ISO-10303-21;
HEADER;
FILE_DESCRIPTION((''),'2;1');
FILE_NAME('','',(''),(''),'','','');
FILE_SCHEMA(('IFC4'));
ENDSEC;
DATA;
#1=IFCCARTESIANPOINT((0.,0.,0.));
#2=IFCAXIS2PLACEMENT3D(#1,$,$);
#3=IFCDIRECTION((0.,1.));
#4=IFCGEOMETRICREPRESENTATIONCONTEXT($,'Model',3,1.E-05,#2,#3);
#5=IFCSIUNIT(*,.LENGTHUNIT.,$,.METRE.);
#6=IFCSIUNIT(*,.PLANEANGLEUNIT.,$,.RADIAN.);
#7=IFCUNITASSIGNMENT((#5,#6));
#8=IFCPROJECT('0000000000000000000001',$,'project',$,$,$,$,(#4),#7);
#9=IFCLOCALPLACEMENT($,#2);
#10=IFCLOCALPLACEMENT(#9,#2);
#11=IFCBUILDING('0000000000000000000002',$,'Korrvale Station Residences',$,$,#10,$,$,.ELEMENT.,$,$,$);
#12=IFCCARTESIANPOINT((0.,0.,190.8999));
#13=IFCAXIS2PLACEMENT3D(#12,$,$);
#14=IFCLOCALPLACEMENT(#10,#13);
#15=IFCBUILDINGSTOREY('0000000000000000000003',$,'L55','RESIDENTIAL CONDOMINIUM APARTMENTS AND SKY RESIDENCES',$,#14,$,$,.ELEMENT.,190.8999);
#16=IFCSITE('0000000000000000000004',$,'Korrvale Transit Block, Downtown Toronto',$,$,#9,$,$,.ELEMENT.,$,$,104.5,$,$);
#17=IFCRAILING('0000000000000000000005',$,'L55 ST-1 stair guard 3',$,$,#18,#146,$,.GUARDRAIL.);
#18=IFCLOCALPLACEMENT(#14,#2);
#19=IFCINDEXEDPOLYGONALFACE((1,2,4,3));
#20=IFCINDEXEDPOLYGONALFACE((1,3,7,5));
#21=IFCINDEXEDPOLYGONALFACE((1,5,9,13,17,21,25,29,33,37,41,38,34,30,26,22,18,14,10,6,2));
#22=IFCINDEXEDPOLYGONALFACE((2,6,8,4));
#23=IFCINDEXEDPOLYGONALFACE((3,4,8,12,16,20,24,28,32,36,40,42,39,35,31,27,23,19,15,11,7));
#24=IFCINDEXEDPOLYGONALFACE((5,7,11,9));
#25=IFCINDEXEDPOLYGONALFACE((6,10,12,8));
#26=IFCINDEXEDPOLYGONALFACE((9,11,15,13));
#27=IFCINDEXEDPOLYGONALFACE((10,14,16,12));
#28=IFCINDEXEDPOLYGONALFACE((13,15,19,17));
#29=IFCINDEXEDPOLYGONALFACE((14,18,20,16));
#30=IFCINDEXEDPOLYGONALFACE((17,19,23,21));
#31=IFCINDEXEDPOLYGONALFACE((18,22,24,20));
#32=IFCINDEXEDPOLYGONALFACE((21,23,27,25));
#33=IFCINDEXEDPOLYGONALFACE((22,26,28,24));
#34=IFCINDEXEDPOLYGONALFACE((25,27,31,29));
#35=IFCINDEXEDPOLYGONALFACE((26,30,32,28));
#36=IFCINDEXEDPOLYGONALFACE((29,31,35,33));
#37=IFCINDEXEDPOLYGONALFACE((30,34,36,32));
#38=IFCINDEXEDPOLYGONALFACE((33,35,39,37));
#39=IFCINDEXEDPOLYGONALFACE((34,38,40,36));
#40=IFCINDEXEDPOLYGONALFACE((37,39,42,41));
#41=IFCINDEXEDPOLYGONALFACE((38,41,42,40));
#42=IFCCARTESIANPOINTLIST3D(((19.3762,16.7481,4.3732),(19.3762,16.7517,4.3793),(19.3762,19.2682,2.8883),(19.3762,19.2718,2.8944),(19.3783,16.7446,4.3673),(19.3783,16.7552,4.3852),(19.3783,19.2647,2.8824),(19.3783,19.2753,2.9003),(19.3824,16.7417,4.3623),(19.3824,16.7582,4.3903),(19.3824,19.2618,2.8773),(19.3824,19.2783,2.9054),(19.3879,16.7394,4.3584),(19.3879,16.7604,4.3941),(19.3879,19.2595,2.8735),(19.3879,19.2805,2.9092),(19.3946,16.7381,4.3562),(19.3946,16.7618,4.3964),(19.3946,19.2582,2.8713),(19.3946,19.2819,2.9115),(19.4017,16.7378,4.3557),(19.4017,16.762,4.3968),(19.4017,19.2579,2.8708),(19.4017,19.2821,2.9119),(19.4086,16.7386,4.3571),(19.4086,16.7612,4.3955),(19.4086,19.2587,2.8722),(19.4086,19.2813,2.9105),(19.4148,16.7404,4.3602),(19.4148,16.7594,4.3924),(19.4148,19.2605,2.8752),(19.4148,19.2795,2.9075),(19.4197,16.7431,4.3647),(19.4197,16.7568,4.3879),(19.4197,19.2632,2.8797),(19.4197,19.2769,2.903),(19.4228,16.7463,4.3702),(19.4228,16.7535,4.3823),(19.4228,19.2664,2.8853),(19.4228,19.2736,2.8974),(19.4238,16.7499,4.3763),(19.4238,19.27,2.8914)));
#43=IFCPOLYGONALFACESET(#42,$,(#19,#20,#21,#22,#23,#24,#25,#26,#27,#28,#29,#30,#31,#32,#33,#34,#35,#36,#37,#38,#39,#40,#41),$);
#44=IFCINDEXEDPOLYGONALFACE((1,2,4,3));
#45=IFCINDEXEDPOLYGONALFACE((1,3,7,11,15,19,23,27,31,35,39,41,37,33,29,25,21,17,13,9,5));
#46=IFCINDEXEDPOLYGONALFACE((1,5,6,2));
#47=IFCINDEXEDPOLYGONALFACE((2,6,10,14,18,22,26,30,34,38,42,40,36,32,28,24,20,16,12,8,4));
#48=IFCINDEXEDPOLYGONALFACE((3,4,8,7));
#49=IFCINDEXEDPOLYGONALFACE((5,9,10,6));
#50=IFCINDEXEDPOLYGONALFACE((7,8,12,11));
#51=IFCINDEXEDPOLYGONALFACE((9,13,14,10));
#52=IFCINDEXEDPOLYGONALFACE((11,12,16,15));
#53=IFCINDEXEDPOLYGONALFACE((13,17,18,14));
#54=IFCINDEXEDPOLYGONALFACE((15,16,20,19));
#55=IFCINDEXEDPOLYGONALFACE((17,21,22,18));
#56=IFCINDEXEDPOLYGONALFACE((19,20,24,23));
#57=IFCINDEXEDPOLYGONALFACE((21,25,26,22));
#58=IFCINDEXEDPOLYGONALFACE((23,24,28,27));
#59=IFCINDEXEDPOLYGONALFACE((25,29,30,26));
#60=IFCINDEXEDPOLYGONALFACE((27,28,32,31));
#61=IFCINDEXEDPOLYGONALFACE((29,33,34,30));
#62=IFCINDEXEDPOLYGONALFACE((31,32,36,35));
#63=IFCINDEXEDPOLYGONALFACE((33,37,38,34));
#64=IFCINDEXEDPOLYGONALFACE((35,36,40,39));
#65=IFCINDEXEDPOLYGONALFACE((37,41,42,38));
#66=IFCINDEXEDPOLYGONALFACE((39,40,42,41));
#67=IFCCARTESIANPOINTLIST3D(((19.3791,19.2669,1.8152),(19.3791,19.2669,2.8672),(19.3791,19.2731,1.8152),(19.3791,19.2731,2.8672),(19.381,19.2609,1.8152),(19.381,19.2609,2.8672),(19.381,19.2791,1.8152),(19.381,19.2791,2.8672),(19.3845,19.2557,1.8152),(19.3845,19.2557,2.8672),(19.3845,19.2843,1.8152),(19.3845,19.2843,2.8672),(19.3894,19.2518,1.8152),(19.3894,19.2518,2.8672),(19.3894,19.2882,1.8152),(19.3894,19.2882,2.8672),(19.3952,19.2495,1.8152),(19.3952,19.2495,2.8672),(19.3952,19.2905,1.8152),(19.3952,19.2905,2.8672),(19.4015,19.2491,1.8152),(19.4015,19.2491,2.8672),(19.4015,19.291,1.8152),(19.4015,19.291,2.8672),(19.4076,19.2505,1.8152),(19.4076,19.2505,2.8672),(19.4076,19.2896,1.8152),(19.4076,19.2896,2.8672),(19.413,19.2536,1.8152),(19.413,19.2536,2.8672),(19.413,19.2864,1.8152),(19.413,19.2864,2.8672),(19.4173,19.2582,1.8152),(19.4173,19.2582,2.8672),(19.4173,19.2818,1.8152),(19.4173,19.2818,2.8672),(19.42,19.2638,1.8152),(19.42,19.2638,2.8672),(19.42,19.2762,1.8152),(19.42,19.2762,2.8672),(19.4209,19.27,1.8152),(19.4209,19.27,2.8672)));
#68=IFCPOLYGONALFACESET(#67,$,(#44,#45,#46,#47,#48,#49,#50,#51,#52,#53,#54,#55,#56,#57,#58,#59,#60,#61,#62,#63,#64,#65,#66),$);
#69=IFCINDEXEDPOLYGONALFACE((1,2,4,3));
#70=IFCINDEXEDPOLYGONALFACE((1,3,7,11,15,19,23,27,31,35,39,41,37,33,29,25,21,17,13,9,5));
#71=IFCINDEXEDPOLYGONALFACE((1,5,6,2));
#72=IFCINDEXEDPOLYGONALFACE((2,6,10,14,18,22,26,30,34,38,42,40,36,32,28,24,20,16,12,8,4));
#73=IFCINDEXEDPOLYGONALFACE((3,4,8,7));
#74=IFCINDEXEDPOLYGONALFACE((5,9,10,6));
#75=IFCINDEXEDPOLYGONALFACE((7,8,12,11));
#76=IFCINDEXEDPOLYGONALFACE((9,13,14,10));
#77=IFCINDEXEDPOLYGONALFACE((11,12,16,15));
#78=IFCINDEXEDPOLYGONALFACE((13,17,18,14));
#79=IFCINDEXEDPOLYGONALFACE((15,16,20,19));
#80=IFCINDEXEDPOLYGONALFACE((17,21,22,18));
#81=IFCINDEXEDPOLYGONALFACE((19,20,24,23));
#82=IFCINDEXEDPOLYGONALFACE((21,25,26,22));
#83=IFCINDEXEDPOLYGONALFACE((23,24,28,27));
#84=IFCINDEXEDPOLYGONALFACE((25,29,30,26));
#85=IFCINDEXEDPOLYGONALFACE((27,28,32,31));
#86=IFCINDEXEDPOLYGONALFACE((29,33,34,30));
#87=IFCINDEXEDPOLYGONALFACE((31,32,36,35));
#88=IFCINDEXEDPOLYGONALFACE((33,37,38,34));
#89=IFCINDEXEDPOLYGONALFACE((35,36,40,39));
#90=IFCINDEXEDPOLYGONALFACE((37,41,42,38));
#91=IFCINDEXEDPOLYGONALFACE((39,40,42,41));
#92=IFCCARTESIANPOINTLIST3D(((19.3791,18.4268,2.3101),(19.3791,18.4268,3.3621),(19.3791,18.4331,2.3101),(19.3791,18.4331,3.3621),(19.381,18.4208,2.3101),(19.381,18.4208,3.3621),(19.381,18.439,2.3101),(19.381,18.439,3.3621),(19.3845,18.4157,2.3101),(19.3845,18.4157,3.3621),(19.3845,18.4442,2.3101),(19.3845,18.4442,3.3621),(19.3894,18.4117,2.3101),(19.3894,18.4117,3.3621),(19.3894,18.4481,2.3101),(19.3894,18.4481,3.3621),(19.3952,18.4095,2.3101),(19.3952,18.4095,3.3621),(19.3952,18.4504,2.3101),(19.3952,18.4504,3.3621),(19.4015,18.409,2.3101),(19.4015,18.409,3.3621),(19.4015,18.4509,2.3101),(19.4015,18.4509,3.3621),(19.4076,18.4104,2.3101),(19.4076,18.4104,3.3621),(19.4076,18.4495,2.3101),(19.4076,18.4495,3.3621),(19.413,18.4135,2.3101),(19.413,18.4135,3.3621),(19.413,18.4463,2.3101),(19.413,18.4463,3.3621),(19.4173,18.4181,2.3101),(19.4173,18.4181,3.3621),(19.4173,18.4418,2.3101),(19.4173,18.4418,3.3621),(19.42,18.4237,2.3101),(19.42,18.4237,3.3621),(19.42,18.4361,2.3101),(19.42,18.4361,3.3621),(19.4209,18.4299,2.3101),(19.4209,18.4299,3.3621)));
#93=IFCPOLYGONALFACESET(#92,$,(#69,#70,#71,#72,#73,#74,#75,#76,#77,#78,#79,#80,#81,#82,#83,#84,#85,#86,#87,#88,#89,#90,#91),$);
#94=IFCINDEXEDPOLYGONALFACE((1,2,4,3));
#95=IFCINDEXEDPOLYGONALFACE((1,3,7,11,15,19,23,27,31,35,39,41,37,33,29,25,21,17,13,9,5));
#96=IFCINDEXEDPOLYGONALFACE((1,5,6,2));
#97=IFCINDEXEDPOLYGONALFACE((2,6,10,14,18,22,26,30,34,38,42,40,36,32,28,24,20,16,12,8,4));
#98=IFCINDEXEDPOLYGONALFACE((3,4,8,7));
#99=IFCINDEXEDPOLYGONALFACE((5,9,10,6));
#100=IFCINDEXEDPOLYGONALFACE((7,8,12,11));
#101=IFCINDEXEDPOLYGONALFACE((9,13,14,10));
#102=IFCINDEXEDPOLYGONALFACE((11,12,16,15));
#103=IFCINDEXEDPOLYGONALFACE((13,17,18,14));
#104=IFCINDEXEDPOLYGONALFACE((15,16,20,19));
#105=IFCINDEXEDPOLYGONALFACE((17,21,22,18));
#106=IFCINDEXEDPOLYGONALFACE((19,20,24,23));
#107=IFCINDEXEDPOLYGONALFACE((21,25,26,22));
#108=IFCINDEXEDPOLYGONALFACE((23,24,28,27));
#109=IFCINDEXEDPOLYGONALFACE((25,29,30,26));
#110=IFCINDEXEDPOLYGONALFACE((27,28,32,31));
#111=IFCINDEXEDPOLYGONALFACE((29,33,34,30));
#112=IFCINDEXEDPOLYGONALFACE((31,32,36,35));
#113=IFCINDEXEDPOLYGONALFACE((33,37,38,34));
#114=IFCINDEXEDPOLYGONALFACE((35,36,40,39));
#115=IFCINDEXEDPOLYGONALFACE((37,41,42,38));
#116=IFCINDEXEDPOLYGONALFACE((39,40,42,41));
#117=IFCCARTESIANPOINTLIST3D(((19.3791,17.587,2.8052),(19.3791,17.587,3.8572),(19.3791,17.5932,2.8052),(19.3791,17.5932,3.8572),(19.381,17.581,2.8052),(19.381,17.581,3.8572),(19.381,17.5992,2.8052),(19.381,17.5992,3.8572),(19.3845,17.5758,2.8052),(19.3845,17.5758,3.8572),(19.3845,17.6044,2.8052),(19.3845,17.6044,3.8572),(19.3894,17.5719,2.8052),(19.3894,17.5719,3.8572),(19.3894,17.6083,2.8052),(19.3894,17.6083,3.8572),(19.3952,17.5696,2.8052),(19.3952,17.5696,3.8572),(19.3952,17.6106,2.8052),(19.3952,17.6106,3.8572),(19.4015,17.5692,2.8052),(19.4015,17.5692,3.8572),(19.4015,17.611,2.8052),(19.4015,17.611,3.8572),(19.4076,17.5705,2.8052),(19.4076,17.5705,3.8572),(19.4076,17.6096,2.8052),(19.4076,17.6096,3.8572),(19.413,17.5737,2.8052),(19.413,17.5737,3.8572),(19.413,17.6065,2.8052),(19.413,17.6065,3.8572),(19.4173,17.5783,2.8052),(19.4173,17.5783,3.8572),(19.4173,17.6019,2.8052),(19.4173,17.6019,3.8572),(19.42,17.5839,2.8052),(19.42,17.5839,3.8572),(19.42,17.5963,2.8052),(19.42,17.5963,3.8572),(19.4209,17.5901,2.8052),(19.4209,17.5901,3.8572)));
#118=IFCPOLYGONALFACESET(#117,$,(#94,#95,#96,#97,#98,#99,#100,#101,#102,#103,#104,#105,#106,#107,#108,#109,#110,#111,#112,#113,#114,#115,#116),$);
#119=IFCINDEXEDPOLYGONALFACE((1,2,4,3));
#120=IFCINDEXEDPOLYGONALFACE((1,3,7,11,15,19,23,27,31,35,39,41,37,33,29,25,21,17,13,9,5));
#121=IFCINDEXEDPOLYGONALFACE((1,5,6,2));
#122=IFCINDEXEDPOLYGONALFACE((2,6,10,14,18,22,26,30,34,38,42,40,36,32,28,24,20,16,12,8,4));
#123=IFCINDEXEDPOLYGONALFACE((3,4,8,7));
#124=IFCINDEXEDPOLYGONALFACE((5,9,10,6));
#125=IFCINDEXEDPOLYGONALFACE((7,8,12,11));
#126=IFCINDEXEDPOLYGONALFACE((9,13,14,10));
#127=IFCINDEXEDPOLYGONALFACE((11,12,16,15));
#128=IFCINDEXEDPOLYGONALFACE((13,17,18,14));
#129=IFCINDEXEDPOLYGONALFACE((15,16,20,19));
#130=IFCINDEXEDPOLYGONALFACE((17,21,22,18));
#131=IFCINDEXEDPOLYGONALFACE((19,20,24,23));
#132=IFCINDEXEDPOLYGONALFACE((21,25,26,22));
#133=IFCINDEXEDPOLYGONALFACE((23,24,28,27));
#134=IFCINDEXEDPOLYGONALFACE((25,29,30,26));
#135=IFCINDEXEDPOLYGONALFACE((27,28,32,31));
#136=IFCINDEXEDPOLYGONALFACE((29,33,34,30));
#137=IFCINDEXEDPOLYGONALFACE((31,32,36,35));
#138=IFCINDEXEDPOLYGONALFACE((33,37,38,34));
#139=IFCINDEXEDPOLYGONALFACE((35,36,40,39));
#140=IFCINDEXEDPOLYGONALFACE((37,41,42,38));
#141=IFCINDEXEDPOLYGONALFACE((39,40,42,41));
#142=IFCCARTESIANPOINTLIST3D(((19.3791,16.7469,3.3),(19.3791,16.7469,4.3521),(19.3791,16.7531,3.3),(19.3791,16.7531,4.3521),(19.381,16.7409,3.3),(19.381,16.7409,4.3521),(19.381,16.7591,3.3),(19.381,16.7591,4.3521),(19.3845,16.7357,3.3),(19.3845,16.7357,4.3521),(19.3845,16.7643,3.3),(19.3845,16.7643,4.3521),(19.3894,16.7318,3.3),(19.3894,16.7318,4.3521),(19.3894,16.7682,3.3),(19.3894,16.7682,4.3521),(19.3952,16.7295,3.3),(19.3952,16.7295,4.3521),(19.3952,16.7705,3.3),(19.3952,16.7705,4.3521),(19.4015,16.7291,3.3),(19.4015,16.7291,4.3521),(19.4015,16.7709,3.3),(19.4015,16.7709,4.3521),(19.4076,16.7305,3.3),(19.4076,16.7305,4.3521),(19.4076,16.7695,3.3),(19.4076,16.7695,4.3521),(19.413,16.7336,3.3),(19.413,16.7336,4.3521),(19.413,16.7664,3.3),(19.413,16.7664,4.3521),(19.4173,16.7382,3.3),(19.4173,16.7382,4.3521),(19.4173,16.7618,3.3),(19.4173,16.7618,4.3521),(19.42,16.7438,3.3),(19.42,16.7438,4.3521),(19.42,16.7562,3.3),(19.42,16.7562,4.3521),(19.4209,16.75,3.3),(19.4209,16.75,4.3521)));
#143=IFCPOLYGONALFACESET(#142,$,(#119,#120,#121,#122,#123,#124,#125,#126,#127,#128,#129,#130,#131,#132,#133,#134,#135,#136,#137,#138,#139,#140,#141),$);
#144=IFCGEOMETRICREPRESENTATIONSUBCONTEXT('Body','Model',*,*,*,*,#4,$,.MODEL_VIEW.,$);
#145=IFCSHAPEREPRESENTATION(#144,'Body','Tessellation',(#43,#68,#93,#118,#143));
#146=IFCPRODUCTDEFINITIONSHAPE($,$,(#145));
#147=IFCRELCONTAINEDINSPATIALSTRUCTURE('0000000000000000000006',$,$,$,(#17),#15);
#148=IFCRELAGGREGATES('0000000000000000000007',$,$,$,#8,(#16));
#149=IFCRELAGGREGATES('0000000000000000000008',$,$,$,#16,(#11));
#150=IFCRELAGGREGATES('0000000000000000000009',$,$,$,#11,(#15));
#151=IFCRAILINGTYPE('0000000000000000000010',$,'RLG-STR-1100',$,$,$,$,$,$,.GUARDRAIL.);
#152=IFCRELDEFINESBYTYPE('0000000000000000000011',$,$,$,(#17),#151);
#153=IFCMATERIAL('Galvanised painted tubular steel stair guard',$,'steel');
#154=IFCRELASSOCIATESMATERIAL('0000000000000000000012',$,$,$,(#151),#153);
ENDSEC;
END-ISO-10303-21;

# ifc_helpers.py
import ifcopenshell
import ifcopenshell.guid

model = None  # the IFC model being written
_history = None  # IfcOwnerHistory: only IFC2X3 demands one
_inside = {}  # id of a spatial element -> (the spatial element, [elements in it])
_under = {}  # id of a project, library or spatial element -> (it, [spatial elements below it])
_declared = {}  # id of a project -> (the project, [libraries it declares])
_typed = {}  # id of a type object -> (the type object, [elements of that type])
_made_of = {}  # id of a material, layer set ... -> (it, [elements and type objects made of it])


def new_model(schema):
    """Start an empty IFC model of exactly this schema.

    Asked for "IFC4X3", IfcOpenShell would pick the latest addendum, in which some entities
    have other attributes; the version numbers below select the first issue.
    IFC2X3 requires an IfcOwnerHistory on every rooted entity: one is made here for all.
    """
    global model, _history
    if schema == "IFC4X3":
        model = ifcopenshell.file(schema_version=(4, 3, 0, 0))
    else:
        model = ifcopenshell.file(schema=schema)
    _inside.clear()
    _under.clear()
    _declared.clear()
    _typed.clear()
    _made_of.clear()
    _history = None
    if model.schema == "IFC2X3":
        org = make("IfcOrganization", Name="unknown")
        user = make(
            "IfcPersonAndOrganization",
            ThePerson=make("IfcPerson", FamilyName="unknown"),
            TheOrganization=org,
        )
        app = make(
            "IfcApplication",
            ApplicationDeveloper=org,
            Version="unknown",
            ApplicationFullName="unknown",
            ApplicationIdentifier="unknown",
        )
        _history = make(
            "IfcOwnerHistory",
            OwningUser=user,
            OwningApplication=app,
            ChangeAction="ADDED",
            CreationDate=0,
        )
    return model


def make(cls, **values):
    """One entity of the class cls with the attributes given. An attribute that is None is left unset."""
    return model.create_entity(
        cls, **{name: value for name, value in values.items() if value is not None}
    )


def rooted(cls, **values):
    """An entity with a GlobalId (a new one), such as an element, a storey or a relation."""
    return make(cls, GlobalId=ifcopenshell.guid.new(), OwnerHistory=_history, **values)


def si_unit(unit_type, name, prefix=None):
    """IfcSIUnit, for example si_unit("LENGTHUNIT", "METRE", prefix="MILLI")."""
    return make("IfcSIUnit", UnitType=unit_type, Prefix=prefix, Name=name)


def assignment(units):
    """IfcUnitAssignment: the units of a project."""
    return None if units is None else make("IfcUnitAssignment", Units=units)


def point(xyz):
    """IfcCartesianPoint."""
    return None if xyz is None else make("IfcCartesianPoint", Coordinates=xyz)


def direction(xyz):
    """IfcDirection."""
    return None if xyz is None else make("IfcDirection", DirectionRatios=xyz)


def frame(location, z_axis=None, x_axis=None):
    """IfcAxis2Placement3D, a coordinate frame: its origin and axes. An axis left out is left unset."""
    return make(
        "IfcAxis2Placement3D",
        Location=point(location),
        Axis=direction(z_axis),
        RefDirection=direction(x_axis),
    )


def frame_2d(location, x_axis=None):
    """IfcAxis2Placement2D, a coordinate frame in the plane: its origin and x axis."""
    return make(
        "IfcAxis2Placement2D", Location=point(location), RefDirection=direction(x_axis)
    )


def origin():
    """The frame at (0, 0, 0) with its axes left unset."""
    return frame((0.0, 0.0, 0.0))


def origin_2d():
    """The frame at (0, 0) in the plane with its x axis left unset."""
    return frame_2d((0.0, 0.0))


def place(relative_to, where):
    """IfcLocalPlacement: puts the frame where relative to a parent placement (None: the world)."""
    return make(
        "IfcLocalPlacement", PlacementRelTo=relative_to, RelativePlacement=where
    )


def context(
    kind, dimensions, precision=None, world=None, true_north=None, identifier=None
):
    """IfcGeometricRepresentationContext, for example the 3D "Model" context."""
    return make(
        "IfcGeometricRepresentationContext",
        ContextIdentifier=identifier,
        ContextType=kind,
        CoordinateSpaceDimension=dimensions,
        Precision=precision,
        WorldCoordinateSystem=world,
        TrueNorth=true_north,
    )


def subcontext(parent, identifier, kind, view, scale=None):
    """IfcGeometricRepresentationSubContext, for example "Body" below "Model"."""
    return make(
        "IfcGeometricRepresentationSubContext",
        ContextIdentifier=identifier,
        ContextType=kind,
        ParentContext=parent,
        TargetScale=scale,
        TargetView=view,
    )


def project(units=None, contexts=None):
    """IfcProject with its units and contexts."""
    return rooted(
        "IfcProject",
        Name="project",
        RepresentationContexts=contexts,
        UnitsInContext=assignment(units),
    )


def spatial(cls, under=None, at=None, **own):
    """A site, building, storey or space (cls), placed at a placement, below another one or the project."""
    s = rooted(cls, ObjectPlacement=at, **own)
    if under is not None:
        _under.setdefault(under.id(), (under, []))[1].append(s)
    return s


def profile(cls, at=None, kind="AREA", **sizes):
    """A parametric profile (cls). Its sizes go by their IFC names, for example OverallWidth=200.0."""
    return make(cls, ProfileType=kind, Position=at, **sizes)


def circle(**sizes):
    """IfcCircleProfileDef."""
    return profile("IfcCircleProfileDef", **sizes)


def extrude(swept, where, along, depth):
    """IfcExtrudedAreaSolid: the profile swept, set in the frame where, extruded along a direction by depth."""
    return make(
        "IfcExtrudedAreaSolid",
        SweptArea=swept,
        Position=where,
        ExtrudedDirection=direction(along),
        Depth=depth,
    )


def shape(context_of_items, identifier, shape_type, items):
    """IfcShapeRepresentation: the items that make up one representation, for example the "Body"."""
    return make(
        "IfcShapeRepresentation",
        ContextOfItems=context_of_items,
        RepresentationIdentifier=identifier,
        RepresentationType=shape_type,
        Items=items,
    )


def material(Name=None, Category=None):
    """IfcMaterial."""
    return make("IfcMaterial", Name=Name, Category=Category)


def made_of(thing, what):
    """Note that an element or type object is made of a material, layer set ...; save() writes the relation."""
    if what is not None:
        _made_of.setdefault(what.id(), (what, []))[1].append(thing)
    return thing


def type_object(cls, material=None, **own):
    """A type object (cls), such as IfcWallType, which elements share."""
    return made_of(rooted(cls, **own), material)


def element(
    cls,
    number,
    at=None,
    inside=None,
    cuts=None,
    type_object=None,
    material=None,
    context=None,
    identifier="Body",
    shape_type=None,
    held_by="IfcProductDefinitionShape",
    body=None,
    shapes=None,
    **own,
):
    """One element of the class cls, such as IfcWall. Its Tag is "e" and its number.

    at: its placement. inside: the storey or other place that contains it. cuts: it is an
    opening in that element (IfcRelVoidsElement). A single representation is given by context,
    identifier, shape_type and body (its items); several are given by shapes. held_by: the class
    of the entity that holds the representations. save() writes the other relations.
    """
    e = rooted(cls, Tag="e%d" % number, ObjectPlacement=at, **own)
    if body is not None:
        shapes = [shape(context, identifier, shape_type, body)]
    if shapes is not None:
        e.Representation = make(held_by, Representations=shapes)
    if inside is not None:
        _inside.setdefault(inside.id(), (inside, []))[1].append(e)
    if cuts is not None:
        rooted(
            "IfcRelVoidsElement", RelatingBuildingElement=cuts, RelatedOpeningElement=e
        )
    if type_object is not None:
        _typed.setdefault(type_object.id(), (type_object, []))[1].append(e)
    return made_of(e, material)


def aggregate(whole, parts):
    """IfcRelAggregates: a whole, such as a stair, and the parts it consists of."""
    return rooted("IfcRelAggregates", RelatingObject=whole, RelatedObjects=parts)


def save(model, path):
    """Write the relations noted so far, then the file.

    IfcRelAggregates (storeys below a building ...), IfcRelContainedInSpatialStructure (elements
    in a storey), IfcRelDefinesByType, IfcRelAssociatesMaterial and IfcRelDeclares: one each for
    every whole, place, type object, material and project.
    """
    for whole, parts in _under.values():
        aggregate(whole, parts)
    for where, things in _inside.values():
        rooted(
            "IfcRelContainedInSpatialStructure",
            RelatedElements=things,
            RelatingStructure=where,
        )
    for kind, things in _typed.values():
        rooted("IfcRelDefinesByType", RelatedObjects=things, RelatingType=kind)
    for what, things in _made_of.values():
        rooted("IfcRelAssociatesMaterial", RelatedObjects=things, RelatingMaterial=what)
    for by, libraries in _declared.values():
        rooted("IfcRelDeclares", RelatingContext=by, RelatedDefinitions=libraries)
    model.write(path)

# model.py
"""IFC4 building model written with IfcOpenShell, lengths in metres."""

from ifc_helpers import new_model, si_unit, direction, frame, origin, origin_2d, place, context, subcontext, project, spatial, circle, extrude, material, type_object, element, save


model = new_model("IFC4")

# Units and contexts
model_context = context("Model", 3, precision=1e-05, world=origin(), true_north=direction((0.0, 1.0)))
body_context = subcontext(model_context, "Body", "Model", "MODEL_VIEW")
ifc_project = project(units=[si_unit("LENGTHUNIT", "METRE"), si_unit("PLANEANGLEUNIT", "RADIAN")], contexts=[model_context])

# Site, building, storey
site_placement = place(None, origin())
site = spatial("IfcSite", under=ifc_project, at=site_placement, Name="Korrvale Transit Block, Downtown Toronto", CompositionType="ELEMENT", RefElevation=104.5)
building_placement = place(site_placement, origin())
building = spatial("IfcBuilding", under=site, at=building_placement, Name="Korrvale Station Residences", CompositionType="ELEMENT")
storey_placement = place(building_placement, frame((0.0, 0.0, 190.8999)))
storey = spatial("IfcBuildingStorey", under=building, at=storey_placement, Name="L55", Description="RESIDENTIAL CONDOMINIUM APARTMENTS AND SKY RESIDENCES", CompositionType="ELEMENT", Elevation=190.8999)

# Railing
ifc_material_1 = material(Name="Galvanised painted tubular steel stair guard", Category="steel")
railing_type_1 = type_object("IfcRailingType", Name="RLG-STR-1100", PredefinedType="GUARDRAIL", material=ifc_material_1)
railing_1_placement = place(storey_placement, frame((19.3999, 19.27, 1.8152)))
element("IfcRailing", 1, at=railing_1_placement, inside=storey, type_object=railing_type_1, Name="L55 ST-1 stair guard 3", PredefinedType="GUARDRAIL", context=body_context, shape_type="SweptSolid", body=[
    extrude(circle(Radius=0.0239, at=origin_2d()), frame((0.0, 0.0, 1.0762), z_axis=(0.0, -0.861561, 0.507655), x_axis=(1.0, 0.0, 0.0)), (0.0, 0.0, 1.0), 2.925),
    extrude(circle(Radius=0.021, at=origin_2d()), origin(), (0.0, 0.0, 1.0), 1.052),
    extrude(circle(Radius=0.021, at=origin_2d()), frame((0.0, -0.8401, 0.4949)), (0.0, 0.0, 1.0), 1.052),
    extrude(circle(Radius=0.021, at=origin_2d()), frame((0.0, -1.6799, 0.99)), (0.0, 0.0, 1.0), 1.052),
    extrude(circle(Radius=0.021, at=origin_2d()), frame((0.0, -2.52, 1.4849)), (0.0, 0.0, 1.0), 1.052),
])

save(model, "model.ifc")
